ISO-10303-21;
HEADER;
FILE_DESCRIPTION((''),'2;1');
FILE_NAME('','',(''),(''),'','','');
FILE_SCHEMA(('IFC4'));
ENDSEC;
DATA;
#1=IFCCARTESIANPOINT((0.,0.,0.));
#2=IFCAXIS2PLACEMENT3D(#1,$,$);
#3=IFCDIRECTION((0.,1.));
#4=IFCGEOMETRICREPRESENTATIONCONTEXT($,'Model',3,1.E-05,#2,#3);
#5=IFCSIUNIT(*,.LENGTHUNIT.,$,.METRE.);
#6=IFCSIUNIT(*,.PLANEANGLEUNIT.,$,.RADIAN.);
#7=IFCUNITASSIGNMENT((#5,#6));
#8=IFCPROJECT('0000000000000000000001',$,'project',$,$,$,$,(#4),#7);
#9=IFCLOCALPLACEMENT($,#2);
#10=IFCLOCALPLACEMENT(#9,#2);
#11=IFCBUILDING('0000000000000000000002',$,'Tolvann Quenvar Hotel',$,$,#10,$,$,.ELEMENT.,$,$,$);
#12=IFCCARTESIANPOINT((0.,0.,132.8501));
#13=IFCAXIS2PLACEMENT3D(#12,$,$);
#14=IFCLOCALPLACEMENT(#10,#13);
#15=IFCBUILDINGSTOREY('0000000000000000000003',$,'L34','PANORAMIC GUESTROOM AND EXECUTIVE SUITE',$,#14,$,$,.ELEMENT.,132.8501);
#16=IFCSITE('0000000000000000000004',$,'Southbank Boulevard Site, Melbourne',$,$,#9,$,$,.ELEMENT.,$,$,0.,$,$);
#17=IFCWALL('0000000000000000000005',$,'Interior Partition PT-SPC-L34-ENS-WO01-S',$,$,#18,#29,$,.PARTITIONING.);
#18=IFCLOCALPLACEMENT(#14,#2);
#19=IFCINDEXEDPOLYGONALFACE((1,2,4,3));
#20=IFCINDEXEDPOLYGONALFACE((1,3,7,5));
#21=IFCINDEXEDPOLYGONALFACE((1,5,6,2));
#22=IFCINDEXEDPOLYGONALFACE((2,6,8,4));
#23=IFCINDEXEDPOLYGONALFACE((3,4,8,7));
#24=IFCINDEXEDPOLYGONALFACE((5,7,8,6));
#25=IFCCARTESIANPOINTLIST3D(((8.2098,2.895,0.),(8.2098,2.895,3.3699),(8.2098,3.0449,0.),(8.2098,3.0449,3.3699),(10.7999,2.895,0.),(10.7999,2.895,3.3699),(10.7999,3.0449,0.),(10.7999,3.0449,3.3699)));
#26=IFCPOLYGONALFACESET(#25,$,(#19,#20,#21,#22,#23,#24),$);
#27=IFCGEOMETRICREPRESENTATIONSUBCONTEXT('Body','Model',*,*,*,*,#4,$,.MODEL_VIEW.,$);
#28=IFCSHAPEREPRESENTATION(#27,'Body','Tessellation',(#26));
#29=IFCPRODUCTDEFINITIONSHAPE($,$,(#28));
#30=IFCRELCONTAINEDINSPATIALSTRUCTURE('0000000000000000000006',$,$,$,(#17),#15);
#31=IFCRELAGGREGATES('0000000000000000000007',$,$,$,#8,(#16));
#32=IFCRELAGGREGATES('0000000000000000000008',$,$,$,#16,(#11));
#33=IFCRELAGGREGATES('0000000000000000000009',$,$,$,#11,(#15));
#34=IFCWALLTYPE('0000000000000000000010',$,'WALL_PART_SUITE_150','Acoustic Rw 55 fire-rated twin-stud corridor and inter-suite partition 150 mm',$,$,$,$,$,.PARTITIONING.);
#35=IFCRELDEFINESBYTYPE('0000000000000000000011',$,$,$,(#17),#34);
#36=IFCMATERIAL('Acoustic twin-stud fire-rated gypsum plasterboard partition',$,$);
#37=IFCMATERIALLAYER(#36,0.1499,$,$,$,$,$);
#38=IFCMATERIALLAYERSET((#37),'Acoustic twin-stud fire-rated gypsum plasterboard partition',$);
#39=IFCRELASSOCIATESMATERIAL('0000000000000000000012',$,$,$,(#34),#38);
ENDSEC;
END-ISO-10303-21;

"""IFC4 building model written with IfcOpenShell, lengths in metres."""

from ifc_helpers import new_model, si_unit, direction, frame, frame_2d, origin, place, context, subcontext, project, spatial, rectangle, extrude, material, layer, layer_set, type_object, element, save


model = new_model("IFC4")

# Units and contexts
model_context = context("Model", 3, precision=1e-05, world=origin(), true_north=direction((0.0, 1.0)))
body_context = subcontext(model_context, "Body", "Model", "MODEL_VIEW")
ifc_project = project(units=[si_unit("LENGTHUNIT", "METRE"), si_unit("PLANEANGLEUNIT", "RADIAN")], contexts=[model_context])

# Site, building, storey
site_placement = place(None, origin())
site = spatial("IfcSite", under=ifc_project, at=site_placement, Name="Southbank Boulevard Site, Melbourne", CompositionType="ELEMENT", RefElevation=0.0)
building_placement = place(site_placement, origin())
building = spatial("IfcBuilding", under=site, at=building_placement, Name="Tolvann Quenvar Hotel", CompositionType="ELEMENT")
storey_placement = place(building_placement, frame((0.0, 0.0, 132.8501)))
storey = spatial("IfcBuildingStorey", under=building, at=storey_placement, Name="L34", Description="PANORAMIC GUESTROOM AND EXECUTIVE SUITE", CompositionType="ELEMENT", Elevation=132.8501)

# Wall
ifc_material_1 = material(Name="Acoustic twin-stud fire-rated gypsum plasterboard partition")
ifc_layer_1 = layer(ifc_material_1, 0.1499)
ifc_layer_set_1 = layer_set([ifc_layer_1], Name="Acoustic twin-stud fire-rated gypsum plasterboard partition")
wall_type_1 = type_object("IfcWallType", Name="WALL_PART_SUITE_150", Description="Acoustic Rw 55 fire-rated twin-stud corridor and inter-suite partition 150 mm", PredefinedType="PARTITIONING", material=ifc_layer_set_1)
wall_1_placement = place(storey_placement, frame((8.21, 2.97, 0.0), z_axis=(0.0, 0.0, 1.0), x_axis=(1.0, 0.0, 0.0)))
element("IfcWall", 1, at=wall_1_placement, inside=storey, type_object=wall_type_1, Name="Interior Partition PT-SPC-L34-ENS-WO01-S", PredefinedType="PARTITIONING", context=body_context, shape_type="SweptSolid", body=[
    extrude(rectangle(XDim=2.5901, YDim=0.1499, at=frame_2d((1.2949, 0.0))), origin(), (0.0, 0.0, 1.0), 3.3699),
])

save(model, "model.ifc")
